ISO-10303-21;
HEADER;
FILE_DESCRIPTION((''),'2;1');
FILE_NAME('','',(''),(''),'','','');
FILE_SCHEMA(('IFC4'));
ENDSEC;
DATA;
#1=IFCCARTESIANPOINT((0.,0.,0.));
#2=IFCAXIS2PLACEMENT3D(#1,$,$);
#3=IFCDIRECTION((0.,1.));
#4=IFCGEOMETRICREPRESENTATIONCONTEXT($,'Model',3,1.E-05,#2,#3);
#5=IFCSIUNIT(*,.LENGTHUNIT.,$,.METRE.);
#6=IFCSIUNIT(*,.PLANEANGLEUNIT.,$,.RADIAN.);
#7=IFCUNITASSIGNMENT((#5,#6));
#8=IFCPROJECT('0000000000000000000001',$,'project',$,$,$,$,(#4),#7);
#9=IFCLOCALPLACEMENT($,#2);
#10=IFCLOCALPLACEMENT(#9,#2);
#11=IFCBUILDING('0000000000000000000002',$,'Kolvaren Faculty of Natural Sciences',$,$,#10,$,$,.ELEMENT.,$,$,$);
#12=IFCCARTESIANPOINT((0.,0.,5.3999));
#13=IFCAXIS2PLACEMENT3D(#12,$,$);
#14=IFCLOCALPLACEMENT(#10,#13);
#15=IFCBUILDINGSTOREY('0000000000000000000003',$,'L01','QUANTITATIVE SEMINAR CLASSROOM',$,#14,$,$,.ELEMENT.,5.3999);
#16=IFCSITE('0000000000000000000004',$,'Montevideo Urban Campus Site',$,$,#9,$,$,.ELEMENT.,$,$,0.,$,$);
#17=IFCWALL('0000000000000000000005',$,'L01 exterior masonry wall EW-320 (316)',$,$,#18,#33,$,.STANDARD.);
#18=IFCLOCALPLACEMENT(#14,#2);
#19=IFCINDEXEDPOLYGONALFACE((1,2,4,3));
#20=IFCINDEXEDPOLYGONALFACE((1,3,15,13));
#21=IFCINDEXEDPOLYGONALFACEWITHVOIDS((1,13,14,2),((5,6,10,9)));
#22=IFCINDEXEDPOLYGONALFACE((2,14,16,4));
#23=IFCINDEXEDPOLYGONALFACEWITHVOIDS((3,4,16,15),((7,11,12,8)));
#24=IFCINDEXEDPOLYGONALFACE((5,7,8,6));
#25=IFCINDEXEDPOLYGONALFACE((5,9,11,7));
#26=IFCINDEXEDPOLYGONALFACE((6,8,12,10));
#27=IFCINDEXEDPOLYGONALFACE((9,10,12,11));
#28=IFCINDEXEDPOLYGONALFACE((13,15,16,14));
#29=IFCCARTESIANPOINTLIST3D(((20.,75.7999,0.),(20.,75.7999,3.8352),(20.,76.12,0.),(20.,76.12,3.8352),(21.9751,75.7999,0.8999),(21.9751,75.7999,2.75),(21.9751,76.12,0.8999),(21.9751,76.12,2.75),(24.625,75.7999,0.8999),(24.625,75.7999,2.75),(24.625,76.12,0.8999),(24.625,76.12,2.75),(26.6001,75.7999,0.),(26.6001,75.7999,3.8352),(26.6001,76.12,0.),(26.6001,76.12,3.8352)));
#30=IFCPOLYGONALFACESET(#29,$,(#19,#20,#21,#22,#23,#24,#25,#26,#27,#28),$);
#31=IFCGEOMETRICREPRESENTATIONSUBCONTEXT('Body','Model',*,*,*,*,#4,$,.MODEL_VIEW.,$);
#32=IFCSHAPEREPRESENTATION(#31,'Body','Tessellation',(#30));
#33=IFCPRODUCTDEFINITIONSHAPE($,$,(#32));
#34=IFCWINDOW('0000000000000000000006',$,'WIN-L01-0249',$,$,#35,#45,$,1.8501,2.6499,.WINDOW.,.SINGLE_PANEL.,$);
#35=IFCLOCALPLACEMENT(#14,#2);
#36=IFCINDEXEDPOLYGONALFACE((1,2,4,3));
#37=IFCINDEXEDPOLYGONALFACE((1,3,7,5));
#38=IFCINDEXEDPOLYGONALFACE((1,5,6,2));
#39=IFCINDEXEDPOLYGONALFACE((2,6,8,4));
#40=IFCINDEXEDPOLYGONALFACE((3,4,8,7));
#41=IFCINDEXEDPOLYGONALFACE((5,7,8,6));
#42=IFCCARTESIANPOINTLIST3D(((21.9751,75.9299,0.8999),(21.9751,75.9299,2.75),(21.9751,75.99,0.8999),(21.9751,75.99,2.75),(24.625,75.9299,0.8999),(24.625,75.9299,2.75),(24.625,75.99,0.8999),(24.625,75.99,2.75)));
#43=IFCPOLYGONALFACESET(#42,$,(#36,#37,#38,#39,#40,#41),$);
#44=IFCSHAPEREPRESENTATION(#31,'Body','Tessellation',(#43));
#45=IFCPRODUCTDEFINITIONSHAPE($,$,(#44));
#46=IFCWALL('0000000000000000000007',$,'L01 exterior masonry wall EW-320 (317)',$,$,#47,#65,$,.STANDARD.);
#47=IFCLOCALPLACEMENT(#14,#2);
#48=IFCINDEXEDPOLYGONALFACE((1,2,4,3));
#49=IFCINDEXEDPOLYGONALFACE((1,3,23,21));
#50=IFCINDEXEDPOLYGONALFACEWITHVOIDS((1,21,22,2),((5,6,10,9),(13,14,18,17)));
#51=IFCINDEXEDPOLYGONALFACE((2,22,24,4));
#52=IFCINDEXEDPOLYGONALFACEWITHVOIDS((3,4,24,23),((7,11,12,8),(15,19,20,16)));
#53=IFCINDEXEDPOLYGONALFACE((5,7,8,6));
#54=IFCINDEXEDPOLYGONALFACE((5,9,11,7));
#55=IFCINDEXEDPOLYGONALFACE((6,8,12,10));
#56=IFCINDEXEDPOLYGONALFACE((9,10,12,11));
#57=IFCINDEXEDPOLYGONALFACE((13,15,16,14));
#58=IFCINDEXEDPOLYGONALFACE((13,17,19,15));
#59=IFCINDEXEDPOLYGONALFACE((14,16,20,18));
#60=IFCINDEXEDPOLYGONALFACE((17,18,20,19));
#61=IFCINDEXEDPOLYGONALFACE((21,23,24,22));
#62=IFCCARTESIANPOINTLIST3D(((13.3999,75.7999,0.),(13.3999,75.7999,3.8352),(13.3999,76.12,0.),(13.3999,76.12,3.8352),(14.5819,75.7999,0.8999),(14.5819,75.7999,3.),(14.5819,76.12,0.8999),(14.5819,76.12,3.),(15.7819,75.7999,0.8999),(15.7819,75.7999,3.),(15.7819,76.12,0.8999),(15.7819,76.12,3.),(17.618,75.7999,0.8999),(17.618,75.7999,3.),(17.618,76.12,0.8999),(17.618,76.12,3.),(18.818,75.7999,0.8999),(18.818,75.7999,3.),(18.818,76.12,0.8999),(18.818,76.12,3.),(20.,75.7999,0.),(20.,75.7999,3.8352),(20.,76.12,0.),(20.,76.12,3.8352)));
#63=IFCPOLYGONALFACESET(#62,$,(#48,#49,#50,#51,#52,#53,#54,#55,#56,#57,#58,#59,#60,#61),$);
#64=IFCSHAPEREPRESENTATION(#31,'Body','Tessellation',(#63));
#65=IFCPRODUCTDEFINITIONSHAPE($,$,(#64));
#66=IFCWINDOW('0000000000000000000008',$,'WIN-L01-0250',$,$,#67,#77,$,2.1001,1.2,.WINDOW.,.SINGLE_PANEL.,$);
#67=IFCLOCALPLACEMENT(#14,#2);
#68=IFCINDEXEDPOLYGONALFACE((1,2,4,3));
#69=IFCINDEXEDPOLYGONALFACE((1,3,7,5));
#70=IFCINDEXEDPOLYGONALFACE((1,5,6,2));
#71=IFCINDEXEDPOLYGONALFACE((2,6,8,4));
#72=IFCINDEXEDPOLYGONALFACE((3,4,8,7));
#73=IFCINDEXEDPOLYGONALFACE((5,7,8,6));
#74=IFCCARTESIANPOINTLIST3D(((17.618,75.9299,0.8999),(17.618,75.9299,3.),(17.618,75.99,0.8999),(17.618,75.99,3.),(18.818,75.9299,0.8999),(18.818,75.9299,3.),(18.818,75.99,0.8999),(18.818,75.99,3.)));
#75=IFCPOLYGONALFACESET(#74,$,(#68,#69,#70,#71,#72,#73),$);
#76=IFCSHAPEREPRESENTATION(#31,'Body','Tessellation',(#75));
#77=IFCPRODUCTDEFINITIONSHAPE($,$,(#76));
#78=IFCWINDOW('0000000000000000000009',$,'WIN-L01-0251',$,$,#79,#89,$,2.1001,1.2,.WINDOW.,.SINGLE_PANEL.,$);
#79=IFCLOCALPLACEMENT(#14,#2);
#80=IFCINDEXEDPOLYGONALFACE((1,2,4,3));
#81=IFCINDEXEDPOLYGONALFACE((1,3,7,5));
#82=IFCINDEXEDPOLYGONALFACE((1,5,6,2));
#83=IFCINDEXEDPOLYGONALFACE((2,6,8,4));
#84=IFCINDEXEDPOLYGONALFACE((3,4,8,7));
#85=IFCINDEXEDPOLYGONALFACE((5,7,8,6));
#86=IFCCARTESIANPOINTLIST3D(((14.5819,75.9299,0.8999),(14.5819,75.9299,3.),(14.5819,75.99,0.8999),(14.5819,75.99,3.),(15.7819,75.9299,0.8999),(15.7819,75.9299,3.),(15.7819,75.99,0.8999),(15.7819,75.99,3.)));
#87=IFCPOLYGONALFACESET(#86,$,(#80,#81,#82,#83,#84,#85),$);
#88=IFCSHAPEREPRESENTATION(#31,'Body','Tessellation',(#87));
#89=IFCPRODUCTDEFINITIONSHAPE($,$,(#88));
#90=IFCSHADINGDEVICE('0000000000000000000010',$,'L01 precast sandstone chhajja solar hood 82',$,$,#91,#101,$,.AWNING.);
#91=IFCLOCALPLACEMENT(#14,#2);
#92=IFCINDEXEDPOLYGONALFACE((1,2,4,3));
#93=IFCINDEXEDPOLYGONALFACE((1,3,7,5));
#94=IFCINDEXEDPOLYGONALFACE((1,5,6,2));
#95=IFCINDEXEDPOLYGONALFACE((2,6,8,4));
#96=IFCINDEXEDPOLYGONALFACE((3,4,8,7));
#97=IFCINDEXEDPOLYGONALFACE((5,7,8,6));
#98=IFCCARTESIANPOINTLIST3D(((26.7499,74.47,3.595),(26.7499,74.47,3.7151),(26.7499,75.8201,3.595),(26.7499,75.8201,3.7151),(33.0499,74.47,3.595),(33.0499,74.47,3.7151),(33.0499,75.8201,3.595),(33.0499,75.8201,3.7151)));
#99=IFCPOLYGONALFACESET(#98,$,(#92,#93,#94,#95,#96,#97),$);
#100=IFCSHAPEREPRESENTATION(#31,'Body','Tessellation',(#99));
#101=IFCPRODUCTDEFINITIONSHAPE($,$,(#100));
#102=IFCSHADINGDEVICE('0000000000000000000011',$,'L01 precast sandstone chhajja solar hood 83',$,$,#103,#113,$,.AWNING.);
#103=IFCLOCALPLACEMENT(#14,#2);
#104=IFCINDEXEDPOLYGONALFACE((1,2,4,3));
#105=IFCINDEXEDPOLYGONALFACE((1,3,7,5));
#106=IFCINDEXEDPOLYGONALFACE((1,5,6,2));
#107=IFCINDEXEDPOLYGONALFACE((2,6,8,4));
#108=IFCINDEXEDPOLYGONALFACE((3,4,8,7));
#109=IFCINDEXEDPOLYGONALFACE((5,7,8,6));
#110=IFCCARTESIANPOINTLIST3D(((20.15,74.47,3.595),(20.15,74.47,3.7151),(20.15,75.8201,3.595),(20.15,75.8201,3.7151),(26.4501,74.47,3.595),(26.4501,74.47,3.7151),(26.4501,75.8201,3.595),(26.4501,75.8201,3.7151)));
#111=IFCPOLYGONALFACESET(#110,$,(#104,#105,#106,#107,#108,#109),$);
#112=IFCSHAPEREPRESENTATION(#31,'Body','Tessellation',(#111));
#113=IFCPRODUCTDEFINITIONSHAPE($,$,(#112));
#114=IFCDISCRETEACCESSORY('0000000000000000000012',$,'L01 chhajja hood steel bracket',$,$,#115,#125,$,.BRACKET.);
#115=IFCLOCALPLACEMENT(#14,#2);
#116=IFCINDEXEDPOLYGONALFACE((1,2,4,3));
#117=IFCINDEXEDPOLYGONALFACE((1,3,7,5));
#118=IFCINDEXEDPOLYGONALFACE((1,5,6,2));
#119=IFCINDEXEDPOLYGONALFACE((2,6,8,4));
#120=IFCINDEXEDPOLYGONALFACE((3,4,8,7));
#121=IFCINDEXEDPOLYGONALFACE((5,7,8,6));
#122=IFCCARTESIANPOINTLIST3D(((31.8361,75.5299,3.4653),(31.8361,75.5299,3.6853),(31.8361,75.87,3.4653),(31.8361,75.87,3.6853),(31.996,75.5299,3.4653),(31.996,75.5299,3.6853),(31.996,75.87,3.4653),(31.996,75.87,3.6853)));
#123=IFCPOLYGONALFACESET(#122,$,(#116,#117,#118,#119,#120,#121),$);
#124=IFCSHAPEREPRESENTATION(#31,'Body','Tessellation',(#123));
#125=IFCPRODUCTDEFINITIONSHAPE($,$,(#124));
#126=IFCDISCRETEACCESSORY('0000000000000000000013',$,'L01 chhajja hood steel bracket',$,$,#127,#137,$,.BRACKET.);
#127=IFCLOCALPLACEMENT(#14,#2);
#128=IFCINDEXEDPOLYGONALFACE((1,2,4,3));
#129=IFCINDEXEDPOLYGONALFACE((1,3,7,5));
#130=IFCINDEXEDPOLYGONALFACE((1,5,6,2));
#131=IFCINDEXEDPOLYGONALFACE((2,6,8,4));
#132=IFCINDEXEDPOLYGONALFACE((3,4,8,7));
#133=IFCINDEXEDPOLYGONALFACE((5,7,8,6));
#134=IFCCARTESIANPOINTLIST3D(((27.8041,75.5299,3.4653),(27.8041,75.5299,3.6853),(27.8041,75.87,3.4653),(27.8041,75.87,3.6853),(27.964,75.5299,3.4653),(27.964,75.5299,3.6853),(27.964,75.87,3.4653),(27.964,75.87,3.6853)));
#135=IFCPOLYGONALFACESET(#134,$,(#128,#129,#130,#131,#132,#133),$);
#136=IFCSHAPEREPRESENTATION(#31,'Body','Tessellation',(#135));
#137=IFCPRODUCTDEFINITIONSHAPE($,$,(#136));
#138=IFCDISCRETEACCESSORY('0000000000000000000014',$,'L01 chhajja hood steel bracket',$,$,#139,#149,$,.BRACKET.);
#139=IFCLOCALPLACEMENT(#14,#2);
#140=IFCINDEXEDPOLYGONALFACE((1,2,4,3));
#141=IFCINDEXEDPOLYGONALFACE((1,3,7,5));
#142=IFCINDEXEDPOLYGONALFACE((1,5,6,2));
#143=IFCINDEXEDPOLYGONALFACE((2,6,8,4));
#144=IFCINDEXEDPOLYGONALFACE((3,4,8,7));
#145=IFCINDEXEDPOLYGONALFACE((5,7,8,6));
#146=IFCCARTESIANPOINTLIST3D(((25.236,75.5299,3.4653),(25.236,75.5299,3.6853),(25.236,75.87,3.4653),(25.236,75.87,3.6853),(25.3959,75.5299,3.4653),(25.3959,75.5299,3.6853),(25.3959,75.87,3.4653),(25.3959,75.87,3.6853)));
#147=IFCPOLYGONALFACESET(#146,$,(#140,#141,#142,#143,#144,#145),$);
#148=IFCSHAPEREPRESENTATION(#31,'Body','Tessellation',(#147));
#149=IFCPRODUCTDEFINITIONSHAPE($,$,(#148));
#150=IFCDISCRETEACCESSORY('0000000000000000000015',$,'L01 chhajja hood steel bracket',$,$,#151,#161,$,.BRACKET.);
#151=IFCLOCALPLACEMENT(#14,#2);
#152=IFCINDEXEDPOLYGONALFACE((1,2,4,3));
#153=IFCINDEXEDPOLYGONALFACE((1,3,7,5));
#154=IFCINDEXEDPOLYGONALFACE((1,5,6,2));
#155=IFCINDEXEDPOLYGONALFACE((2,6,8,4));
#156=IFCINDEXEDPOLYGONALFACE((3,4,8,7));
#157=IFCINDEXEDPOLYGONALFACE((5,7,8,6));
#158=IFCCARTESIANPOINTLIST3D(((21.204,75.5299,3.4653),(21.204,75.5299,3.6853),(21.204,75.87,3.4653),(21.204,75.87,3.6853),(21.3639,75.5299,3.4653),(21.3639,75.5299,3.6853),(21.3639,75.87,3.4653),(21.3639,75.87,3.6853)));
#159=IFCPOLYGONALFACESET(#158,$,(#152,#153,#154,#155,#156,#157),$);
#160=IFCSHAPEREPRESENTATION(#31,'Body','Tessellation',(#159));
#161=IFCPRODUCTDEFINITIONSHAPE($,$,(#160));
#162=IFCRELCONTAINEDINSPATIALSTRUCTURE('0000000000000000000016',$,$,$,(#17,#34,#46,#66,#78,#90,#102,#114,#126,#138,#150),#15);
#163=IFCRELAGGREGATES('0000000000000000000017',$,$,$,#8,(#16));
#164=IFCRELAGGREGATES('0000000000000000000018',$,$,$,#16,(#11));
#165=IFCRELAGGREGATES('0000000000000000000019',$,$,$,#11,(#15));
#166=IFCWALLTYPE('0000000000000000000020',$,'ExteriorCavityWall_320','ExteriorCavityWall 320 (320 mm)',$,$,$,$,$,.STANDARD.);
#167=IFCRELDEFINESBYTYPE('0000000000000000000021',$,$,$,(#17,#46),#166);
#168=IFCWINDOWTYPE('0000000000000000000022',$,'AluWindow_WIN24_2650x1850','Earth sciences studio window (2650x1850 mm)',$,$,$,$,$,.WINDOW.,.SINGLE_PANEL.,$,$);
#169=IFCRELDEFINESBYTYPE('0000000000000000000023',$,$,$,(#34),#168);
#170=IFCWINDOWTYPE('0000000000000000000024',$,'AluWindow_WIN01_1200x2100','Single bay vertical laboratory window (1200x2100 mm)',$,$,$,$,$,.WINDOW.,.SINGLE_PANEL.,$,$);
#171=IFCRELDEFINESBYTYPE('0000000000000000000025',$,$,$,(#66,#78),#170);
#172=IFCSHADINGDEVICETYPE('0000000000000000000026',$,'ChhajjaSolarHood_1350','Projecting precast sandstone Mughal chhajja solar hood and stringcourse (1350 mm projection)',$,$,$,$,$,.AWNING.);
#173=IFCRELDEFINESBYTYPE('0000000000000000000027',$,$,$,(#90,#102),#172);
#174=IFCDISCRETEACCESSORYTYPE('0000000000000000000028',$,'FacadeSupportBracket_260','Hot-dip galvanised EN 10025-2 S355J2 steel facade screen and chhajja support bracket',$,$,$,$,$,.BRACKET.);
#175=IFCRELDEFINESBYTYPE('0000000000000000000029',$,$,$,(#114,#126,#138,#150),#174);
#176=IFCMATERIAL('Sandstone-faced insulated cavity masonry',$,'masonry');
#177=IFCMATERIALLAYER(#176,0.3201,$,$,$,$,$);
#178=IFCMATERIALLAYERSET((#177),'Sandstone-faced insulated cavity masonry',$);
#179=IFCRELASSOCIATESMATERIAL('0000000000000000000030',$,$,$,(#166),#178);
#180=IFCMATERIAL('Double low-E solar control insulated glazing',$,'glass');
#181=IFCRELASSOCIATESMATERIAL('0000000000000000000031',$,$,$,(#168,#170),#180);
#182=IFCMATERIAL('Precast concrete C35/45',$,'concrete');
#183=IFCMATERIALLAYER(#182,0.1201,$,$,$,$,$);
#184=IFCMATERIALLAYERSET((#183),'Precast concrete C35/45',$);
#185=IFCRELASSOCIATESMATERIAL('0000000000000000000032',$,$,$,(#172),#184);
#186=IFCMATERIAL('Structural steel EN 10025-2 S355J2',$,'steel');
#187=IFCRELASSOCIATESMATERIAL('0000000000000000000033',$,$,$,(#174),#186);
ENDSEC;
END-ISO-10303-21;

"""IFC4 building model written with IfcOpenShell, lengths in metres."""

from ifc_helpers import new_model, si_unit, direction, frame, frame_2d, origin, origin_2d, place, context, subcontext, project, spatial, rectangle, extrude, material, layer, layer_set, type_object, element, fill, save


model = new_model("IFC4")

# Units and contexts
model_context = context("Model", 3, precision=1e-05, world=origin(), true_north=direction((0.0, 1.0)))
body_context = subcontext(model_context, "Body", "Model", "MODEL_VIEW")
ifc_project = project(units=[si_unit("LENGTHUNIT", "METRE"), si_unit("PLANEANGLEUNIT", "RADIAN")], contexts=[model_context])

# Site, building, storey
site_placement = place(None, origin())
site = spatial("IfcSite", under=ifc_project, at=site_placement, Name="Montevideo Urban Campus Site", CompositionType="ELEMENT", RefElevation=0.0)
building_placement = place(site_placement, origin())
building = spatial("IfcBuilding", under=site, at=building_placement, Name="Kolvaren Faculty of Natural Sciences", CompositionType="ELEMENT")
storey_placement = place(building_placement, frame((0.0, 0.0, 5.3999)))
storey = spatial("IfcBuildingStorey", under=building, at=storey_placement, Name="L01", Description="QUANTITATIVE SEMINAR CLASSROOM", CompositionType="ELEMENT", Elevation=5.3999)

# Shared definitions
ifc_material_1 = material(Name="Sandstone-faced insulated cavity masonry", Category="masonry")
ifc_layer_1 = layer(ifc_material_1, 0.3201)
ifc_layer_set_1 = layer_set([ifc_layer_1], Name="Sandstone-faced insulated cavity masonry")
wall_type = type_object("IfcWallType", Name="ExteriorCavityWall_320", Description="ExteriorCavityWall 320 (320 mm)", PredefinedType="STANDARD", material=ifc_layer_set_1)
ifc_material_2 = material(Name="Double low-E solar control insulated glazing", Category="glass")

# Wall, opening, window
wall_1_placement = place(storey_placement, frame((26.6001, 75.96, 0.0), z_axis=(0.0, 0.0, 1.0), x_axis=(-1.0, 0.0, 0.0)))
wall_1 = element("IfcWall", 1, at=wall_1_placement, inside=storey, type_object=wall_type, Name="L01 exterior masonry wall EW-320 (316)", PredefinedType="STANDARD", context=body_context, shape_type="SweptSolid", body=[
    extrude(rectangle(XDim=6.6001, YDim=0.3201, at=frame_2d((3.3, 0.0))), origin(), (0.0, 0.0, 1.0), 3.8352),
])
opening_1_placement = place(wall_1_placement, frame((1.9751, 0.0, 0.8999)))
opening_1 = element("IfcOpeningElement", 2, at=opening_1_placement, cuts=wall_1, PredefinedType="OPENING", context=body_context, shape_type="SweptSolid", body=[
    extrude(rectangle(XDim=2.6499, YDim=1.8501, at=frame_2d((1.325, 0.925))), frame((0.0, 0.1699, 0.0), z_axis=(0.0, -1.0, 0.0), x_axis=(1.0, 0.0, 0.0)), (0.0, 0.0, 1.0), 0.3401),
])
window_type_1 = type_object("IfcWindowType", Name="AluWindow_WIN24_2650x1850", Description="Earth sciences studio window (2650x1850 mm)", PartitioningType="SINGLE_PANEL", PredefinedType="WINDOW", material=ifc_material_2)
window_1_placement = place(opening_1_placement, origin())
window_1 = element("IfcWindow", 3, at=window_1_placement, inside=storey, type_object=window_type_1, Name="WIN-L01-0249", OverallHeight=1.8501, OverallWidth=2.6499, PartitioningType="SINGLE_PANEL", PredefinedType="WINDOW", context=body_context, shape_type="SweptSolid", body=[
    extrude(rectangle(XDim=2.6499, YDim=1.8501, at=frame_2d((1.325, 0.925))), frame((0.0, 0.03, 0.0), z_axis=(0.0, -1.0, 0.0), x_axis=(1.0, 0.0, 0.0)), (0.0, 0.0, 1.0), 0.0601),
])
fill(opening_1, window_1)

# Wall, openings, windows
wall_2_placement = place(storey_placement, frame((20.0, 75.96, 0.0), z_axis=(0.0, 0.0, 1.0), x_axis=(-1.0, 0.0, 0.0)))
wall_2 = element("IfcWall", 4, at=wall_2_placement, inside=storey, type_object=wall_type, Name="L01 exterior masonry wall EW-320 (317)", PredefinedType="STANDARD", context=body_context, shape_type="SweptSolid", body=[
    extrude(rectangle(XDim=6.6001, YDim=0.3201, at=frame_2d((3.3, 0.0))), origin(), (0.0, 0.0, 1.0), 3.8352),
])
opening_2_placement = place(wall_2_placement, frame((1.1819, 0.0, 0.8999)))
opening_2 = element("IfcOpeningElement", 5, at=opening_2_placement, cuts=wall_2, PredefinedType="OPENING", context=body_context, shape_type="SweptSolid", body=[
    extrude(rectangle(XDim=1.2, YDim=2.1001, at=frame_2d((0.6001, 1.05))), frame((0.0, 0.1699, 0.0), z_axis=(0.0, -1.0, 0.0), x_axis=(1.0, 0.0, 0.0)), (0.0, 0.0, 1.0), 0.3401),
])
opening_3_placement = place(wall_2_placement, frame((4.218, 0.0, 0.8999)))
opening_3 = element("IfcOpeningElement", 6, at=opening_3_placement, cuts=wall_2, PredefinedType="OPENING", context=body_context, shape_type="SweptSolid", body=[
    extrude(rectangle(XDim=1.2, YDim=2.1001, at=frame_2d((0.6001, 1.05))), frame((0.0, 0.1699, 0.0), z_axis=(0.0, -1.0, 0.0), x_axis=(1.0, 0.0, 0.0)), (0.0, 0.0, 1.0), 0.3401),
])
window_type_2 = type_object("IfcWindowType", Name="AluWindow_WIN01_1200x2100", Description="Single bay vertical laboratory window (1200x2100 mm)", PartitioningType="SINGLE_PANEL", PredefinedType="WINDOW", material=ifc_material_2)
window_2_placement = place(opening_2_placement, origin())
window_2 = element("IfcWindow", 7, at=window_2_placement, inside=storey, type_object=window_type_2, Name="WIN-L01-0250", OverallHeight=2.1001, OverallWidth=1.2, PartitioningType="SINGLE_PANEL", PredefinedType="WINDOW", context=body_context, shape_type="SweptSolid", body=[
    extrude(rectangle(XDim=1.2, YDim=2.1001, at=frame_2d((0.6001, 1.05))), frame((0.0, 0.03, 0.0), z_axis=(0.0, -1.0, 0.0), x_axis=(1.0, 0.0, 0.0)), (0.0, 0.0, 1.0), 0.0601),
])
fill(opening_2, window_2)
window_3_placement = place(opening_3_placement, origin())
window_3 = element("IfcWindow", 8, at=window_3_placement, inside=storey, type_object=window_type_2, Name="WIN-L01-0251", OverallHeight=2.1001, OverallWidth=1.2, PartitioningType="SINGLE_PANEL", PredefinedType="WINDOW", context=body_context, shape_type="SweptSolid", body=[
    extrude(rectangle(XDim=1.2, YDim=2.1001, at=frame_2d((0.6001, 1.05))), frame((0.0, 0.03, 0.0), z_axis=(0.0, -1.0, 0.0), x_axis=(1.0, 0.0, 0.0)), (0.0, 0.0, 1.0), 0.0601),
])
fill(opening_3, window_3)

# Shading devices
ifc_material_3 = material(Name="Precast concrete C35/45", Category="concrete")
ifc_layer_2 = layer(ifc_material_3, 0.1201)
ifc_layer_set_2 = layer_set([ifc_layer_2], Name="Precast concrete C35/45")
shading_device_type = type_object("IfcShadingDeviceType", Name="ChhajjaSolarHood_1350", Description="Projecting precast sandstone Mughal chhajja solar hood and stringcourse (1350 mm projection)", PredefinedType="AWNING", material=ifc_layer_set_2)
for number, where, z_axis, x_axis, name in (
    (9, (29.8999, 75.145, 3.595), (0.0, 0.0, 1.0), (-1.0, 0.0, 0.0), "L01 precast sandstone chhajja solar hood 82"),
    (10, (23.3, 75.145, 3.595), (0.0, 0.0, 1.0), (-1.0, 0.0, 0.0), "L01 precast sandstone chhajja solar hood 83"),
):
    element("IfcShadingDevice", number, at=place(storey_placement, frame(where, z_axis=z_axis, x_axis=x_axis)), inside=storey, type_object=shading_device_type, Name=name, PredefinedType="AWNING", context=body_context, shape_type="SweptSolid", body=[
        extrude(rectangle(XDim=6.3, YDim=1.3501, at=origin_2d()), origin(), (0.0, 0.0, 1.0), 0.1201),
    ])

# Discrete accessories
ifc_material_4 = material(Name="Structural steel EN 10025-2 S355J2", Category="steel")
discrete_accessory_type = type_object("IfcDiscreteAccessoryType", Name="FacadeSupportBracket_260", Description="Hot-dip galvanised EN 10025-2 S355J2 steel facade screen and chhajja support bracket", PredefinedType="BRACKET", material=ifc_material_4)
for number, where, z_axis, x_axis, name in (
    (11, (31.916, 75.7, 3.4653), (0.0, 0.0, 1.0), (-1.0, 0.0, 0.0), "L01 chhajja hood steel bracket"),
    (12, (27.884, 75.7, 3.4653), (0.0, 0.0, 1.0), (-1.0, 0.0, 0.0), "L01 chhajja hood steel bracket"),
    (13, (25.3159, 75.7, 3.4653), (0.0, 0.0, 1.0), (-1.0, 0.0, 0.0), "L01 chhajja hood steel bracket"),
    (14, (21.2839, 75.7, 3.4653), (0.0, 0.0, 1.0), (-1.0, 0.0, 0.0), "L01 chhajja hood steel bracket"),
):
    element("IfcDiscreteAccessory", number, at=place(storey_placement, frame(where, z_axis=z_axis, x_axis=x_axis)), inside=storey, type_object=discrete_accessory_type, Name=name, PredefinedType="BRACKET", context=body_context, shape_type="SweptSolid", body=[
        extrude(rectangle(XDim=0.1599, YDim=0.3401, at=origin_2d()), origin(), (0.0, 0.0, 1.0), 0.22),
    ])

save(model, "model.ifc")
